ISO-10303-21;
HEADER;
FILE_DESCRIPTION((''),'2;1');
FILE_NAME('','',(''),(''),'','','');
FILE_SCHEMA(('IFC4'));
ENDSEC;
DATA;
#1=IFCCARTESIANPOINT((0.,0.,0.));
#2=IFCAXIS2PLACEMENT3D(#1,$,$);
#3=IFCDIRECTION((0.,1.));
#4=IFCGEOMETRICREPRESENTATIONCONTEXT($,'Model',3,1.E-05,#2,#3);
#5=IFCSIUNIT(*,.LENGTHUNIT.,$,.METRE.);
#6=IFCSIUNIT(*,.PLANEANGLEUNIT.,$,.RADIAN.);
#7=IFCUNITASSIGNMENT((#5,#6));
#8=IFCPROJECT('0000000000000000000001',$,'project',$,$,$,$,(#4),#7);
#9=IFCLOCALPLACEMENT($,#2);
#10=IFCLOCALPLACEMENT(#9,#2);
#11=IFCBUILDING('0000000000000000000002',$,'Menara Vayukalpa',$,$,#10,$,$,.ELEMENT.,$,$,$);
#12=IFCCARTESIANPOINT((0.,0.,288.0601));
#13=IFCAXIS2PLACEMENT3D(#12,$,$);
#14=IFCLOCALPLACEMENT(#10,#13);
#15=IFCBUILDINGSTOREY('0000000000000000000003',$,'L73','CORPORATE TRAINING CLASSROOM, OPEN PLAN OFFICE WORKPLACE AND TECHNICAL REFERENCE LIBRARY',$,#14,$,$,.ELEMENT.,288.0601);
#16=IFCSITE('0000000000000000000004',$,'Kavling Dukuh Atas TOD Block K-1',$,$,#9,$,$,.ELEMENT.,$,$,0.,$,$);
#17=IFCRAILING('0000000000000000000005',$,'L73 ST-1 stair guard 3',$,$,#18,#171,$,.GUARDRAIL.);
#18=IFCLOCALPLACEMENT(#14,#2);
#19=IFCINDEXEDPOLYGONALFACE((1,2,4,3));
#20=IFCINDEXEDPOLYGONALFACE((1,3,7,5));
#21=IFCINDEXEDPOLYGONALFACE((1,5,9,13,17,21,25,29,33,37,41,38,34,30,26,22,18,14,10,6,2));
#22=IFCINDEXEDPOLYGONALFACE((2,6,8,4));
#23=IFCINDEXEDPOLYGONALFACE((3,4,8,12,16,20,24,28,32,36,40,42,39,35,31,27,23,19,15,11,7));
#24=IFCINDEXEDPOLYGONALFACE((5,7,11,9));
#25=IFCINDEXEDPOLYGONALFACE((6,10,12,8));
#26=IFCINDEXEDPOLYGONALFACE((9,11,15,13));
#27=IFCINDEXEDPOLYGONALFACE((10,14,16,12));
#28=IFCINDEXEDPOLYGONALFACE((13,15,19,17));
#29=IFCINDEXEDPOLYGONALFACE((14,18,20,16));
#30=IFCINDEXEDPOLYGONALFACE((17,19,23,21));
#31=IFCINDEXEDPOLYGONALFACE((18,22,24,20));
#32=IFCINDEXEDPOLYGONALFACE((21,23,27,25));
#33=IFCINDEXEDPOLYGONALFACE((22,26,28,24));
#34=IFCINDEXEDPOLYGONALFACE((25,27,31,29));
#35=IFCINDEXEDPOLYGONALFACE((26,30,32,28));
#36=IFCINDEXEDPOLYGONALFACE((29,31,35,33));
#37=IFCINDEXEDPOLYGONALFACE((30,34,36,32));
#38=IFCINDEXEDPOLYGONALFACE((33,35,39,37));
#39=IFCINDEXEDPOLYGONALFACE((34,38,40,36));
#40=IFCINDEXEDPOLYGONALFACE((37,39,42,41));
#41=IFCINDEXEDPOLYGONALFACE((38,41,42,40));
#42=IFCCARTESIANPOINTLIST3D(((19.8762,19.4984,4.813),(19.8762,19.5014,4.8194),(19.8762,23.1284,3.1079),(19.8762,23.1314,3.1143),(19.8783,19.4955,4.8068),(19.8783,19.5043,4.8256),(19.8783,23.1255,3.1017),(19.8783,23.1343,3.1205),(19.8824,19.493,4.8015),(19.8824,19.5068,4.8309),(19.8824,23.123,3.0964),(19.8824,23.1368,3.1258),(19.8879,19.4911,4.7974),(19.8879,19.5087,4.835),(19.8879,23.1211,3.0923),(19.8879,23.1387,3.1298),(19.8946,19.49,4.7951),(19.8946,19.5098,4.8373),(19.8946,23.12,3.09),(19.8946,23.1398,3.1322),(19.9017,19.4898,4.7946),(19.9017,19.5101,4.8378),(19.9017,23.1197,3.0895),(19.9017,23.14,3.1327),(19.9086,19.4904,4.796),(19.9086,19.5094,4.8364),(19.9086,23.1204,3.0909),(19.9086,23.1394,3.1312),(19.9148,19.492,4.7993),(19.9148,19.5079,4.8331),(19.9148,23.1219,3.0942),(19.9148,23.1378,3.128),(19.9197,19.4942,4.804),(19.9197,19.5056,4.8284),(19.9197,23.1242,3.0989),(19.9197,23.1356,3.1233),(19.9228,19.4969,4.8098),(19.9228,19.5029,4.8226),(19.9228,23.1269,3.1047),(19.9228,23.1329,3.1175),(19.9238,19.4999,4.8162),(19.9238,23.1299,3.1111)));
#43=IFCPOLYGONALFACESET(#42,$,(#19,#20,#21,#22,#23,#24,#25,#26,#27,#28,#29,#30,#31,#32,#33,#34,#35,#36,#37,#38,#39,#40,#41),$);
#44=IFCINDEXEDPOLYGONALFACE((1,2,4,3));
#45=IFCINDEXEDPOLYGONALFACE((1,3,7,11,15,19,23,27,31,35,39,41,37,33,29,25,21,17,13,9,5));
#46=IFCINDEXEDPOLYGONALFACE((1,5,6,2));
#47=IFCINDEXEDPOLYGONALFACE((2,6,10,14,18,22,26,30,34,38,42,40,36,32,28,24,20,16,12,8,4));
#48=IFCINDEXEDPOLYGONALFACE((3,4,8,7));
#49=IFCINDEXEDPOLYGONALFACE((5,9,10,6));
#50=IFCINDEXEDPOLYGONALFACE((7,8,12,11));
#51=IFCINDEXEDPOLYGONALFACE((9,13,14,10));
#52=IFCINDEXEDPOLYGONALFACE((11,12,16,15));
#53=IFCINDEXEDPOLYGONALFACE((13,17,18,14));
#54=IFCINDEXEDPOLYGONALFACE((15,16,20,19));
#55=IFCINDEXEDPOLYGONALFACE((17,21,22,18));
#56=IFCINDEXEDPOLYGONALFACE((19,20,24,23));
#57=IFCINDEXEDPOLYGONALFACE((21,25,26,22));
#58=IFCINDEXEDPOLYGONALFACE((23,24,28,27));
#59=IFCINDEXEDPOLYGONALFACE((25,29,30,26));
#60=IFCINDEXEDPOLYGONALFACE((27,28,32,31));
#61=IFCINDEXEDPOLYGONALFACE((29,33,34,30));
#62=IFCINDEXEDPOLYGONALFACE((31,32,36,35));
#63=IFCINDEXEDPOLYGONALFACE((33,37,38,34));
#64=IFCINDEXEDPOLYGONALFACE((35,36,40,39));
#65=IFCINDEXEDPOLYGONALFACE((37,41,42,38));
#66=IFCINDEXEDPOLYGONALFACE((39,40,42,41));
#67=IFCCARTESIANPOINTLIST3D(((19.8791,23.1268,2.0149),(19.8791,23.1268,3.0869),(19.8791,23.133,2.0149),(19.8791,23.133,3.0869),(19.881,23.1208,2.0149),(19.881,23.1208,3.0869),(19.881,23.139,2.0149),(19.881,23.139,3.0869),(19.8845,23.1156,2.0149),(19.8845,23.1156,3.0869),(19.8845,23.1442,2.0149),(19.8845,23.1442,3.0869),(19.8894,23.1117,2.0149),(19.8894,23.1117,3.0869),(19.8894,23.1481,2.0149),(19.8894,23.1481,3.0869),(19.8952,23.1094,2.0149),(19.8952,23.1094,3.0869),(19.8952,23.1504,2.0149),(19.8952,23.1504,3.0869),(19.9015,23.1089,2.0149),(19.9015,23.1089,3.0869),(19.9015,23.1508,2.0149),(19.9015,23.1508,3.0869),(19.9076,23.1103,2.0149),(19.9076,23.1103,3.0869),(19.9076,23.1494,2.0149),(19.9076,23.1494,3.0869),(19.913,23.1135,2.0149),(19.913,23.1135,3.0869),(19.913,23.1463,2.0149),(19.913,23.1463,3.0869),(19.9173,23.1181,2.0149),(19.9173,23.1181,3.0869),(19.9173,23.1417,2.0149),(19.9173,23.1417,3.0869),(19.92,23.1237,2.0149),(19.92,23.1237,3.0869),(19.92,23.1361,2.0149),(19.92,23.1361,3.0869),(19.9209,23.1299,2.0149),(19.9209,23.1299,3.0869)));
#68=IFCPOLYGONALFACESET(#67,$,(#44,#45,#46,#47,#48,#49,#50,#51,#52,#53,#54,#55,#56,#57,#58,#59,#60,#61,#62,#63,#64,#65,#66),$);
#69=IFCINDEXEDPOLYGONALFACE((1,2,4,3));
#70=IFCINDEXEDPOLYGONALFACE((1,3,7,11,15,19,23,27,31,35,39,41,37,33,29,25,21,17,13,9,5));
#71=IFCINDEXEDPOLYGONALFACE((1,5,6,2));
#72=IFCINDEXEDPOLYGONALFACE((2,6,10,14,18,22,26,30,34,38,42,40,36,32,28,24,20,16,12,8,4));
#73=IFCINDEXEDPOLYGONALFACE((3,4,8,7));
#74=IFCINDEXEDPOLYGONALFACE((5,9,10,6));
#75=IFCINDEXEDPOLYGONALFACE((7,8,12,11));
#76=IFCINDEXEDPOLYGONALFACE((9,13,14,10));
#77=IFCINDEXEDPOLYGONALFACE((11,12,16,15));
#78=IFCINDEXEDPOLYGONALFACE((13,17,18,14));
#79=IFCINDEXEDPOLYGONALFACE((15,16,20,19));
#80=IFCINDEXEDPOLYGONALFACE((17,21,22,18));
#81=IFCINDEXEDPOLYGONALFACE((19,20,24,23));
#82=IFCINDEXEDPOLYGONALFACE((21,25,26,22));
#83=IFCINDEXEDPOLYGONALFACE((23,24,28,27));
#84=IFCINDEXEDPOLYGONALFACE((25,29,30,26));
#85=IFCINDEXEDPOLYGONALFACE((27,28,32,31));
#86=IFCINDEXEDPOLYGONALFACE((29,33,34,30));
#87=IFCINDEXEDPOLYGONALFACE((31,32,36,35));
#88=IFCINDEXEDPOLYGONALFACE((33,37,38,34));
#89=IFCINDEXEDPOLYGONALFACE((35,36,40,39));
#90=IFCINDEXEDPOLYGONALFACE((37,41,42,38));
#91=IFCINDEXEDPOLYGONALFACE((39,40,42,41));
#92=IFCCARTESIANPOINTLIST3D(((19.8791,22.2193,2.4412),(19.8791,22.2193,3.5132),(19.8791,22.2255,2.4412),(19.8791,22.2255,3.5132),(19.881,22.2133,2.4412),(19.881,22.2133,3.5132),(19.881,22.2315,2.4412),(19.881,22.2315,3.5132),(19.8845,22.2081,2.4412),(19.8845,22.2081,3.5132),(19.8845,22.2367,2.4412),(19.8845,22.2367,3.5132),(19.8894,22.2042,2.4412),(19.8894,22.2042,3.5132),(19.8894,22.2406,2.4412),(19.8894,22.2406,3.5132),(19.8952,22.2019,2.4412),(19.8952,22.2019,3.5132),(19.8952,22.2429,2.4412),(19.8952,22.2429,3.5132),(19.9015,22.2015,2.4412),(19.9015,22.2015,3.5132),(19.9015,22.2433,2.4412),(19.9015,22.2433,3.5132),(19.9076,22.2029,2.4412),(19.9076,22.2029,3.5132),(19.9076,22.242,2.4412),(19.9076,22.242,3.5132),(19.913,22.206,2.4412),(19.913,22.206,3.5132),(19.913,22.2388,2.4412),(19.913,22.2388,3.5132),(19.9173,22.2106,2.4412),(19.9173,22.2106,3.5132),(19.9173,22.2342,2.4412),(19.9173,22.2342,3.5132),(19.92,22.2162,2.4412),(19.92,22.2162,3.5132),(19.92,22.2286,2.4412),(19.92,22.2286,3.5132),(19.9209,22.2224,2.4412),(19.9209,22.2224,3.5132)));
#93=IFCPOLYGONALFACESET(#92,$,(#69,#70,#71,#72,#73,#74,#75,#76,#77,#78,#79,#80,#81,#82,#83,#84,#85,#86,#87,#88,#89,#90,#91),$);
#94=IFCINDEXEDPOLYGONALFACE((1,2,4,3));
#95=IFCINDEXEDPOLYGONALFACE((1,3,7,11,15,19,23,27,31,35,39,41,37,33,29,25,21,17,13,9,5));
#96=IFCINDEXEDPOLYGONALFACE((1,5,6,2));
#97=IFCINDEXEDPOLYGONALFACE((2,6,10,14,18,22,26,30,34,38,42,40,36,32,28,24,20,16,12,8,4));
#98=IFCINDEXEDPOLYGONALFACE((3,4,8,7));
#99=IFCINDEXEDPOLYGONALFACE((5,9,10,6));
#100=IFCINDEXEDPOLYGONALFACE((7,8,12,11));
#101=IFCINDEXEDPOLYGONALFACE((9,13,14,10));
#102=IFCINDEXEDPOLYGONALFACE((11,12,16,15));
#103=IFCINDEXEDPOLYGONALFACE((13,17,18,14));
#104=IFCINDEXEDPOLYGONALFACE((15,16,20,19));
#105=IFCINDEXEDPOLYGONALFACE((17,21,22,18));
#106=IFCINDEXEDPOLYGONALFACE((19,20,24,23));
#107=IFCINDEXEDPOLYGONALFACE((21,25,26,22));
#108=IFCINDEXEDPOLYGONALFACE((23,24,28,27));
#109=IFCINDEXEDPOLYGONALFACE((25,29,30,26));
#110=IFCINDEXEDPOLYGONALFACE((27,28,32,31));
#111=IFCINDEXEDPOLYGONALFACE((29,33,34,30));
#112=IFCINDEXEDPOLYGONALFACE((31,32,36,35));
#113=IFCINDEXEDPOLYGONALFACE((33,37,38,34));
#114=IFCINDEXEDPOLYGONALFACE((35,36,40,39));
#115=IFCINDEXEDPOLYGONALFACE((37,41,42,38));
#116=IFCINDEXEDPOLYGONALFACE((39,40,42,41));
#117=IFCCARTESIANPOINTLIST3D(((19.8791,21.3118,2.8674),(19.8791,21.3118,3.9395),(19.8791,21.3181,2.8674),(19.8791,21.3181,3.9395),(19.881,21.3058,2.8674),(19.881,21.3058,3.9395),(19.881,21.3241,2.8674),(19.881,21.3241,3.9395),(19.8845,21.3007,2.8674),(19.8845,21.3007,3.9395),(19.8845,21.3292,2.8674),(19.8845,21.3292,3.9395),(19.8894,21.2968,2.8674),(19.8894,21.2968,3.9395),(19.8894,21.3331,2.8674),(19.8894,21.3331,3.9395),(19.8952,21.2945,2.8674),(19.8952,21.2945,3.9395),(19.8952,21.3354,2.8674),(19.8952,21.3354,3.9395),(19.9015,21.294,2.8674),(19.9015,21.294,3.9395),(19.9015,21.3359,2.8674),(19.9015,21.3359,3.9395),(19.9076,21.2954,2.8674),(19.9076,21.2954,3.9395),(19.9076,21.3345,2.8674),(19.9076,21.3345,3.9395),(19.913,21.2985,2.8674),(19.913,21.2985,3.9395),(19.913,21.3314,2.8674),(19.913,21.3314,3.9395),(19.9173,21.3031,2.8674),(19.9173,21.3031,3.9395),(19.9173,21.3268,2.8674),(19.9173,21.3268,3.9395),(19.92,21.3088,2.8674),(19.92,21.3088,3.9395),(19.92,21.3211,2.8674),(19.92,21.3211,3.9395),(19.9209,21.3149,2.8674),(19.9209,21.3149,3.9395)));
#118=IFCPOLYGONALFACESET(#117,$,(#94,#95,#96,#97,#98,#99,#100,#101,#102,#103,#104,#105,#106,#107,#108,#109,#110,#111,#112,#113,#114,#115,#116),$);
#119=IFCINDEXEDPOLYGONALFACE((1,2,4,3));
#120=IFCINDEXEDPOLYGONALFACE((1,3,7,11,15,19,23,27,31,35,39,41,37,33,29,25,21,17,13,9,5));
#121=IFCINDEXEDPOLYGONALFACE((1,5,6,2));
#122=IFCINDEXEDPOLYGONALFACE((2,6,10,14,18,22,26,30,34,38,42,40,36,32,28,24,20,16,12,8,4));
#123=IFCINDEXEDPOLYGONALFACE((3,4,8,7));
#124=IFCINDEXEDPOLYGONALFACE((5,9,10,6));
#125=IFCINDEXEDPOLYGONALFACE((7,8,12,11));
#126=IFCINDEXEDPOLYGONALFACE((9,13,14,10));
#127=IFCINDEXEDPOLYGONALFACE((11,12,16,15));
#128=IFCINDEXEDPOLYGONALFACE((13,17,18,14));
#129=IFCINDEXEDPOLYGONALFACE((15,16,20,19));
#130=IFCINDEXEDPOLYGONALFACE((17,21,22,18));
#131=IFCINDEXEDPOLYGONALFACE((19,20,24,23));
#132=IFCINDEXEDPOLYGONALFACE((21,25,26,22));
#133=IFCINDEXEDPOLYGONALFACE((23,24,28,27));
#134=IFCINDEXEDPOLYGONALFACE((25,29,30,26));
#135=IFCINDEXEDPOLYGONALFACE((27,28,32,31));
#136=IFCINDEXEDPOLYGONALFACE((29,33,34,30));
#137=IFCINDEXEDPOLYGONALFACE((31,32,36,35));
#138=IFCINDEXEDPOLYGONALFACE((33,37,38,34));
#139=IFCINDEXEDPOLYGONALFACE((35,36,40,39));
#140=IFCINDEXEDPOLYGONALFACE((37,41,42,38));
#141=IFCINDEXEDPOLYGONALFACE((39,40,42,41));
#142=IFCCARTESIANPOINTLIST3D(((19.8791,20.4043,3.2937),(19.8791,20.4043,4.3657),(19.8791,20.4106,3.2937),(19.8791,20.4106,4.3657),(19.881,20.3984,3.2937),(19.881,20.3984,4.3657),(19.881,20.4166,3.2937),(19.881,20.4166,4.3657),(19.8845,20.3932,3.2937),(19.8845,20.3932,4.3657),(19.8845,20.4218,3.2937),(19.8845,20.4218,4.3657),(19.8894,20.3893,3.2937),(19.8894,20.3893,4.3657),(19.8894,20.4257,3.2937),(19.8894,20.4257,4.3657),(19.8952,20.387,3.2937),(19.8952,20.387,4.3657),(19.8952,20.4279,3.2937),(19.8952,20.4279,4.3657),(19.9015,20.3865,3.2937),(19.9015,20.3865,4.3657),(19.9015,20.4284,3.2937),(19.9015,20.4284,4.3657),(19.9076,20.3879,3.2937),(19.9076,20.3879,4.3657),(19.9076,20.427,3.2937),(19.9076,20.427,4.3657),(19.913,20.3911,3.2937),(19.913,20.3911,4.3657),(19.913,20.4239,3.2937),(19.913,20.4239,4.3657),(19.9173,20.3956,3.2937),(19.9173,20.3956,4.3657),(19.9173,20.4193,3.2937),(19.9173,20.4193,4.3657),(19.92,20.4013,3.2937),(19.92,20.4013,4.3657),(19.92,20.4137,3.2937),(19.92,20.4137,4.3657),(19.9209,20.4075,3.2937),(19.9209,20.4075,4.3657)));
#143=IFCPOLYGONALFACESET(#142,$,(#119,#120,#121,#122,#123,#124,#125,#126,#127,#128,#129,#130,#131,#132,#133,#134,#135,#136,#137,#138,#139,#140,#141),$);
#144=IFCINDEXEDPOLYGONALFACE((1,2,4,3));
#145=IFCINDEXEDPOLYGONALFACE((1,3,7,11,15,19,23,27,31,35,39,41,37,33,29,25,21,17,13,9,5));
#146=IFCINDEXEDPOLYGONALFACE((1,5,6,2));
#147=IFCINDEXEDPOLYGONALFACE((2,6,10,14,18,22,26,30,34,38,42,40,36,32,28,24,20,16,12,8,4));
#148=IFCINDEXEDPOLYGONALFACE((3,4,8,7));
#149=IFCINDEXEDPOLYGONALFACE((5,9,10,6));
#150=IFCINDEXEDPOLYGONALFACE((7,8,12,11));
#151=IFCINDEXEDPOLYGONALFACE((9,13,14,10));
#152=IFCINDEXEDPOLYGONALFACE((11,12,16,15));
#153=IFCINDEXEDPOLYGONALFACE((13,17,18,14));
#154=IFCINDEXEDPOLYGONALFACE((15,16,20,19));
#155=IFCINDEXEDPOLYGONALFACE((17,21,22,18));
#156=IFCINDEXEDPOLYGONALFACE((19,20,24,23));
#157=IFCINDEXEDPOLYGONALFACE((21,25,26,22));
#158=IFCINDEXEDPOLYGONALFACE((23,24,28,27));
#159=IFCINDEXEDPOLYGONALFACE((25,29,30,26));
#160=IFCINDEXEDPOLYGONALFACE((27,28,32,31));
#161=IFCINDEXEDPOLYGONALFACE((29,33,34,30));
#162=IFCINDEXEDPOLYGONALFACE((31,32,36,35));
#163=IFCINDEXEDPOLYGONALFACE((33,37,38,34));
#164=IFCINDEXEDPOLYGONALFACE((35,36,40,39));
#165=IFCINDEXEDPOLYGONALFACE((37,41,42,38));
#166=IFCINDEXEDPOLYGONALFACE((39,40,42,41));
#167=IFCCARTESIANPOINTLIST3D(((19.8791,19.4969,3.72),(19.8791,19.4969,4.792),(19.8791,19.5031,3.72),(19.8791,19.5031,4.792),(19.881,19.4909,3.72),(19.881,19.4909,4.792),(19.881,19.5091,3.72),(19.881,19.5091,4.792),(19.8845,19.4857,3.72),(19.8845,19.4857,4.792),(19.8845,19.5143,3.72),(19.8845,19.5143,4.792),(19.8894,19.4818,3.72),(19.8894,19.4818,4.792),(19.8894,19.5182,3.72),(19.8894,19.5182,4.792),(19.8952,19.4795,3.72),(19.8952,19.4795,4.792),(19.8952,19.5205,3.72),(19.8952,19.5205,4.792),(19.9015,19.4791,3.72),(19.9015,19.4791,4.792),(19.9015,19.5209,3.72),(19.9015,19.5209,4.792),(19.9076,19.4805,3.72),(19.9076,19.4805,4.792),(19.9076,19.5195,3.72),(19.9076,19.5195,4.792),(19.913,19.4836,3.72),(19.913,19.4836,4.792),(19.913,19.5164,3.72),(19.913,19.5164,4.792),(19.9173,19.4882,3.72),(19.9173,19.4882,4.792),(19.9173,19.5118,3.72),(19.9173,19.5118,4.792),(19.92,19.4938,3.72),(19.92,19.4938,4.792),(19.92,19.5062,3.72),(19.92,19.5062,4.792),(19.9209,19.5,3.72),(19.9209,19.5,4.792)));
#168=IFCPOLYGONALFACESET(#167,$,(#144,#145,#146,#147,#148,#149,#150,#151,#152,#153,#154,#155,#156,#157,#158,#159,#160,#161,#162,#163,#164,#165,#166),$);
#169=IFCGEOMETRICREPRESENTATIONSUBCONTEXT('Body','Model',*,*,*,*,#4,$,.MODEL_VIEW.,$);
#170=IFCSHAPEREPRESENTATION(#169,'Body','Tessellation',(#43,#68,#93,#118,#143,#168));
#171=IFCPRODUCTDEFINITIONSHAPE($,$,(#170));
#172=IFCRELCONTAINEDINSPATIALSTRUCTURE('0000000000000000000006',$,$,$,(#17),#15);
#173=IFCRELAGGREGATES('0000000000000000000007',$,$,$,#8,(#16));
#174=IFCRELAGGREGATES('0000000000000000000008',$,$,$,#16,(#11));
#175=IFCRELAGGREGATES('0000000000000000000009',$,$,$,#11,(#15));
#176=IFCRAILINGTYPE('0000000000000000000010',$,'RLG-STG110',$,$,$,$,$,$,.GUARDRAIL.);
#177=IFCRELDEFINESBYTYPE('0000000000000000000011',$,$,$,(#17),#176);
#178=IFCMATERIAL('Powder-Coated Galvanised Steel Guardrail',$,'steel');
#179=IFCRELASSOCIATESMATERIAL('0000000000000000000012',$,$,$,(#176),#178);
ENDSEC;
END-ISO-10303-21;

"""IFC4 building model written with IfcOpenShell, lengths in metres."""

from ifc_helpers import new_model, si_unit, direction, frame, origin, origin_2d, place, context, subcontext, project, spatial, circle, extrude, material, type_object, element, save


model = new_model("IFC4")

# Units and contexts
model_context = context("Model", 3, precision=1e-05, world=origin(), true_north=direction((0.0, 1.0)))
body_context = subcontext(model_context, "Body", "Model", "MODEL_VIEW")
ifc_project = project(units=[si_unit("LENGTHUNIT", "METRE"), si_unit("PLANEANGLEUNIT", "RADIAN")], contexts=[model_context])

# Site, building, storey
site_placement = place(None, origin())
site = spatial("IfcSite", under=ifc_project, at=site_placement, Name="Kavling Dukuh Atas TOD Block K-1", CompositionType="ELEMENT", RefElevation=0.0)
building_placement = place(site_placement, origin())
building = spatial("IfcBuilding", under=site, at=building_placement, Name="Menara Vayukalpa", CompositionType="ELEMENT")
storey_placement = place(building_placement, frame((0.0, 0.0, 288.0601)))
storey = spatial("IfcBuildingStorey", under=building, at=storey_placement, Name="L73", Description="CORPORATE TRAINING CLASSROOM, OPEN PLAN OFFICE WORKPLACE AND TECHNICAL REFERENCE LIBRARY", CompositionType="ELEMENT", Elevation=288.0601)

# Railing
ifc_material_1 = material(Name="Powder-Coated Galvanised Steel Guardrail", Category="steel")
railing_type_1 = type_object("IfcRailingType", Name="RLG-STG110", PredefinedType="GUARDRAIL", material=ifc_material_1)
railing_1_placement = place(storey_placement, frame((19.8999, 23.1299, 2.0149)))
element("IfcRailing", 1, at=railing_1_placement, inside=storey, type_object=railing_type_1, Name="L73 ST-1 stair guard 3", PredefinedType="GUARDRAIL", context=body_context, shape_type="SweptSolid", body=[
    extrude(circle(Radius=0.0239, at=origin_2d()), frame((0.0, 0.0, 1.0962), z_axis=(0.0, -0.905116, 0.425164), x_axis=(1.0, 0.0, 0.0)), (0.0, 0.0, 1.0), 4.0105),
    extrude(circle(Radius=0.021, at=origin_2d()), origin(), (0.0, 0.0, 1.0), 1.072),
    extrude(circle(Radius=0.021, at=origin_2d()), frame((0.0, -0.9075, 0.4263)), (0.0, 0.0, 1.0), 1.072),
    extrude(circle(Radius=0.021, at=origin_2d()), frame((0.0, -1.8149, 0.8525)), (0.0, 0.0, 1.0), 1.072),
    extrude(circle(Radius=0.021, at=origin_2d()), frame((0.0, -2.7224, 1.2788)), (0.0, 0.0, 1.0), 1.072),
    extrude(circle(Radius=0.021, at=origin_2d()), frame((0.0, -3.6299, 1.7051)), (0.0, 0.0, 1.0), 1.072),
])

save(model, "model.ifc")
